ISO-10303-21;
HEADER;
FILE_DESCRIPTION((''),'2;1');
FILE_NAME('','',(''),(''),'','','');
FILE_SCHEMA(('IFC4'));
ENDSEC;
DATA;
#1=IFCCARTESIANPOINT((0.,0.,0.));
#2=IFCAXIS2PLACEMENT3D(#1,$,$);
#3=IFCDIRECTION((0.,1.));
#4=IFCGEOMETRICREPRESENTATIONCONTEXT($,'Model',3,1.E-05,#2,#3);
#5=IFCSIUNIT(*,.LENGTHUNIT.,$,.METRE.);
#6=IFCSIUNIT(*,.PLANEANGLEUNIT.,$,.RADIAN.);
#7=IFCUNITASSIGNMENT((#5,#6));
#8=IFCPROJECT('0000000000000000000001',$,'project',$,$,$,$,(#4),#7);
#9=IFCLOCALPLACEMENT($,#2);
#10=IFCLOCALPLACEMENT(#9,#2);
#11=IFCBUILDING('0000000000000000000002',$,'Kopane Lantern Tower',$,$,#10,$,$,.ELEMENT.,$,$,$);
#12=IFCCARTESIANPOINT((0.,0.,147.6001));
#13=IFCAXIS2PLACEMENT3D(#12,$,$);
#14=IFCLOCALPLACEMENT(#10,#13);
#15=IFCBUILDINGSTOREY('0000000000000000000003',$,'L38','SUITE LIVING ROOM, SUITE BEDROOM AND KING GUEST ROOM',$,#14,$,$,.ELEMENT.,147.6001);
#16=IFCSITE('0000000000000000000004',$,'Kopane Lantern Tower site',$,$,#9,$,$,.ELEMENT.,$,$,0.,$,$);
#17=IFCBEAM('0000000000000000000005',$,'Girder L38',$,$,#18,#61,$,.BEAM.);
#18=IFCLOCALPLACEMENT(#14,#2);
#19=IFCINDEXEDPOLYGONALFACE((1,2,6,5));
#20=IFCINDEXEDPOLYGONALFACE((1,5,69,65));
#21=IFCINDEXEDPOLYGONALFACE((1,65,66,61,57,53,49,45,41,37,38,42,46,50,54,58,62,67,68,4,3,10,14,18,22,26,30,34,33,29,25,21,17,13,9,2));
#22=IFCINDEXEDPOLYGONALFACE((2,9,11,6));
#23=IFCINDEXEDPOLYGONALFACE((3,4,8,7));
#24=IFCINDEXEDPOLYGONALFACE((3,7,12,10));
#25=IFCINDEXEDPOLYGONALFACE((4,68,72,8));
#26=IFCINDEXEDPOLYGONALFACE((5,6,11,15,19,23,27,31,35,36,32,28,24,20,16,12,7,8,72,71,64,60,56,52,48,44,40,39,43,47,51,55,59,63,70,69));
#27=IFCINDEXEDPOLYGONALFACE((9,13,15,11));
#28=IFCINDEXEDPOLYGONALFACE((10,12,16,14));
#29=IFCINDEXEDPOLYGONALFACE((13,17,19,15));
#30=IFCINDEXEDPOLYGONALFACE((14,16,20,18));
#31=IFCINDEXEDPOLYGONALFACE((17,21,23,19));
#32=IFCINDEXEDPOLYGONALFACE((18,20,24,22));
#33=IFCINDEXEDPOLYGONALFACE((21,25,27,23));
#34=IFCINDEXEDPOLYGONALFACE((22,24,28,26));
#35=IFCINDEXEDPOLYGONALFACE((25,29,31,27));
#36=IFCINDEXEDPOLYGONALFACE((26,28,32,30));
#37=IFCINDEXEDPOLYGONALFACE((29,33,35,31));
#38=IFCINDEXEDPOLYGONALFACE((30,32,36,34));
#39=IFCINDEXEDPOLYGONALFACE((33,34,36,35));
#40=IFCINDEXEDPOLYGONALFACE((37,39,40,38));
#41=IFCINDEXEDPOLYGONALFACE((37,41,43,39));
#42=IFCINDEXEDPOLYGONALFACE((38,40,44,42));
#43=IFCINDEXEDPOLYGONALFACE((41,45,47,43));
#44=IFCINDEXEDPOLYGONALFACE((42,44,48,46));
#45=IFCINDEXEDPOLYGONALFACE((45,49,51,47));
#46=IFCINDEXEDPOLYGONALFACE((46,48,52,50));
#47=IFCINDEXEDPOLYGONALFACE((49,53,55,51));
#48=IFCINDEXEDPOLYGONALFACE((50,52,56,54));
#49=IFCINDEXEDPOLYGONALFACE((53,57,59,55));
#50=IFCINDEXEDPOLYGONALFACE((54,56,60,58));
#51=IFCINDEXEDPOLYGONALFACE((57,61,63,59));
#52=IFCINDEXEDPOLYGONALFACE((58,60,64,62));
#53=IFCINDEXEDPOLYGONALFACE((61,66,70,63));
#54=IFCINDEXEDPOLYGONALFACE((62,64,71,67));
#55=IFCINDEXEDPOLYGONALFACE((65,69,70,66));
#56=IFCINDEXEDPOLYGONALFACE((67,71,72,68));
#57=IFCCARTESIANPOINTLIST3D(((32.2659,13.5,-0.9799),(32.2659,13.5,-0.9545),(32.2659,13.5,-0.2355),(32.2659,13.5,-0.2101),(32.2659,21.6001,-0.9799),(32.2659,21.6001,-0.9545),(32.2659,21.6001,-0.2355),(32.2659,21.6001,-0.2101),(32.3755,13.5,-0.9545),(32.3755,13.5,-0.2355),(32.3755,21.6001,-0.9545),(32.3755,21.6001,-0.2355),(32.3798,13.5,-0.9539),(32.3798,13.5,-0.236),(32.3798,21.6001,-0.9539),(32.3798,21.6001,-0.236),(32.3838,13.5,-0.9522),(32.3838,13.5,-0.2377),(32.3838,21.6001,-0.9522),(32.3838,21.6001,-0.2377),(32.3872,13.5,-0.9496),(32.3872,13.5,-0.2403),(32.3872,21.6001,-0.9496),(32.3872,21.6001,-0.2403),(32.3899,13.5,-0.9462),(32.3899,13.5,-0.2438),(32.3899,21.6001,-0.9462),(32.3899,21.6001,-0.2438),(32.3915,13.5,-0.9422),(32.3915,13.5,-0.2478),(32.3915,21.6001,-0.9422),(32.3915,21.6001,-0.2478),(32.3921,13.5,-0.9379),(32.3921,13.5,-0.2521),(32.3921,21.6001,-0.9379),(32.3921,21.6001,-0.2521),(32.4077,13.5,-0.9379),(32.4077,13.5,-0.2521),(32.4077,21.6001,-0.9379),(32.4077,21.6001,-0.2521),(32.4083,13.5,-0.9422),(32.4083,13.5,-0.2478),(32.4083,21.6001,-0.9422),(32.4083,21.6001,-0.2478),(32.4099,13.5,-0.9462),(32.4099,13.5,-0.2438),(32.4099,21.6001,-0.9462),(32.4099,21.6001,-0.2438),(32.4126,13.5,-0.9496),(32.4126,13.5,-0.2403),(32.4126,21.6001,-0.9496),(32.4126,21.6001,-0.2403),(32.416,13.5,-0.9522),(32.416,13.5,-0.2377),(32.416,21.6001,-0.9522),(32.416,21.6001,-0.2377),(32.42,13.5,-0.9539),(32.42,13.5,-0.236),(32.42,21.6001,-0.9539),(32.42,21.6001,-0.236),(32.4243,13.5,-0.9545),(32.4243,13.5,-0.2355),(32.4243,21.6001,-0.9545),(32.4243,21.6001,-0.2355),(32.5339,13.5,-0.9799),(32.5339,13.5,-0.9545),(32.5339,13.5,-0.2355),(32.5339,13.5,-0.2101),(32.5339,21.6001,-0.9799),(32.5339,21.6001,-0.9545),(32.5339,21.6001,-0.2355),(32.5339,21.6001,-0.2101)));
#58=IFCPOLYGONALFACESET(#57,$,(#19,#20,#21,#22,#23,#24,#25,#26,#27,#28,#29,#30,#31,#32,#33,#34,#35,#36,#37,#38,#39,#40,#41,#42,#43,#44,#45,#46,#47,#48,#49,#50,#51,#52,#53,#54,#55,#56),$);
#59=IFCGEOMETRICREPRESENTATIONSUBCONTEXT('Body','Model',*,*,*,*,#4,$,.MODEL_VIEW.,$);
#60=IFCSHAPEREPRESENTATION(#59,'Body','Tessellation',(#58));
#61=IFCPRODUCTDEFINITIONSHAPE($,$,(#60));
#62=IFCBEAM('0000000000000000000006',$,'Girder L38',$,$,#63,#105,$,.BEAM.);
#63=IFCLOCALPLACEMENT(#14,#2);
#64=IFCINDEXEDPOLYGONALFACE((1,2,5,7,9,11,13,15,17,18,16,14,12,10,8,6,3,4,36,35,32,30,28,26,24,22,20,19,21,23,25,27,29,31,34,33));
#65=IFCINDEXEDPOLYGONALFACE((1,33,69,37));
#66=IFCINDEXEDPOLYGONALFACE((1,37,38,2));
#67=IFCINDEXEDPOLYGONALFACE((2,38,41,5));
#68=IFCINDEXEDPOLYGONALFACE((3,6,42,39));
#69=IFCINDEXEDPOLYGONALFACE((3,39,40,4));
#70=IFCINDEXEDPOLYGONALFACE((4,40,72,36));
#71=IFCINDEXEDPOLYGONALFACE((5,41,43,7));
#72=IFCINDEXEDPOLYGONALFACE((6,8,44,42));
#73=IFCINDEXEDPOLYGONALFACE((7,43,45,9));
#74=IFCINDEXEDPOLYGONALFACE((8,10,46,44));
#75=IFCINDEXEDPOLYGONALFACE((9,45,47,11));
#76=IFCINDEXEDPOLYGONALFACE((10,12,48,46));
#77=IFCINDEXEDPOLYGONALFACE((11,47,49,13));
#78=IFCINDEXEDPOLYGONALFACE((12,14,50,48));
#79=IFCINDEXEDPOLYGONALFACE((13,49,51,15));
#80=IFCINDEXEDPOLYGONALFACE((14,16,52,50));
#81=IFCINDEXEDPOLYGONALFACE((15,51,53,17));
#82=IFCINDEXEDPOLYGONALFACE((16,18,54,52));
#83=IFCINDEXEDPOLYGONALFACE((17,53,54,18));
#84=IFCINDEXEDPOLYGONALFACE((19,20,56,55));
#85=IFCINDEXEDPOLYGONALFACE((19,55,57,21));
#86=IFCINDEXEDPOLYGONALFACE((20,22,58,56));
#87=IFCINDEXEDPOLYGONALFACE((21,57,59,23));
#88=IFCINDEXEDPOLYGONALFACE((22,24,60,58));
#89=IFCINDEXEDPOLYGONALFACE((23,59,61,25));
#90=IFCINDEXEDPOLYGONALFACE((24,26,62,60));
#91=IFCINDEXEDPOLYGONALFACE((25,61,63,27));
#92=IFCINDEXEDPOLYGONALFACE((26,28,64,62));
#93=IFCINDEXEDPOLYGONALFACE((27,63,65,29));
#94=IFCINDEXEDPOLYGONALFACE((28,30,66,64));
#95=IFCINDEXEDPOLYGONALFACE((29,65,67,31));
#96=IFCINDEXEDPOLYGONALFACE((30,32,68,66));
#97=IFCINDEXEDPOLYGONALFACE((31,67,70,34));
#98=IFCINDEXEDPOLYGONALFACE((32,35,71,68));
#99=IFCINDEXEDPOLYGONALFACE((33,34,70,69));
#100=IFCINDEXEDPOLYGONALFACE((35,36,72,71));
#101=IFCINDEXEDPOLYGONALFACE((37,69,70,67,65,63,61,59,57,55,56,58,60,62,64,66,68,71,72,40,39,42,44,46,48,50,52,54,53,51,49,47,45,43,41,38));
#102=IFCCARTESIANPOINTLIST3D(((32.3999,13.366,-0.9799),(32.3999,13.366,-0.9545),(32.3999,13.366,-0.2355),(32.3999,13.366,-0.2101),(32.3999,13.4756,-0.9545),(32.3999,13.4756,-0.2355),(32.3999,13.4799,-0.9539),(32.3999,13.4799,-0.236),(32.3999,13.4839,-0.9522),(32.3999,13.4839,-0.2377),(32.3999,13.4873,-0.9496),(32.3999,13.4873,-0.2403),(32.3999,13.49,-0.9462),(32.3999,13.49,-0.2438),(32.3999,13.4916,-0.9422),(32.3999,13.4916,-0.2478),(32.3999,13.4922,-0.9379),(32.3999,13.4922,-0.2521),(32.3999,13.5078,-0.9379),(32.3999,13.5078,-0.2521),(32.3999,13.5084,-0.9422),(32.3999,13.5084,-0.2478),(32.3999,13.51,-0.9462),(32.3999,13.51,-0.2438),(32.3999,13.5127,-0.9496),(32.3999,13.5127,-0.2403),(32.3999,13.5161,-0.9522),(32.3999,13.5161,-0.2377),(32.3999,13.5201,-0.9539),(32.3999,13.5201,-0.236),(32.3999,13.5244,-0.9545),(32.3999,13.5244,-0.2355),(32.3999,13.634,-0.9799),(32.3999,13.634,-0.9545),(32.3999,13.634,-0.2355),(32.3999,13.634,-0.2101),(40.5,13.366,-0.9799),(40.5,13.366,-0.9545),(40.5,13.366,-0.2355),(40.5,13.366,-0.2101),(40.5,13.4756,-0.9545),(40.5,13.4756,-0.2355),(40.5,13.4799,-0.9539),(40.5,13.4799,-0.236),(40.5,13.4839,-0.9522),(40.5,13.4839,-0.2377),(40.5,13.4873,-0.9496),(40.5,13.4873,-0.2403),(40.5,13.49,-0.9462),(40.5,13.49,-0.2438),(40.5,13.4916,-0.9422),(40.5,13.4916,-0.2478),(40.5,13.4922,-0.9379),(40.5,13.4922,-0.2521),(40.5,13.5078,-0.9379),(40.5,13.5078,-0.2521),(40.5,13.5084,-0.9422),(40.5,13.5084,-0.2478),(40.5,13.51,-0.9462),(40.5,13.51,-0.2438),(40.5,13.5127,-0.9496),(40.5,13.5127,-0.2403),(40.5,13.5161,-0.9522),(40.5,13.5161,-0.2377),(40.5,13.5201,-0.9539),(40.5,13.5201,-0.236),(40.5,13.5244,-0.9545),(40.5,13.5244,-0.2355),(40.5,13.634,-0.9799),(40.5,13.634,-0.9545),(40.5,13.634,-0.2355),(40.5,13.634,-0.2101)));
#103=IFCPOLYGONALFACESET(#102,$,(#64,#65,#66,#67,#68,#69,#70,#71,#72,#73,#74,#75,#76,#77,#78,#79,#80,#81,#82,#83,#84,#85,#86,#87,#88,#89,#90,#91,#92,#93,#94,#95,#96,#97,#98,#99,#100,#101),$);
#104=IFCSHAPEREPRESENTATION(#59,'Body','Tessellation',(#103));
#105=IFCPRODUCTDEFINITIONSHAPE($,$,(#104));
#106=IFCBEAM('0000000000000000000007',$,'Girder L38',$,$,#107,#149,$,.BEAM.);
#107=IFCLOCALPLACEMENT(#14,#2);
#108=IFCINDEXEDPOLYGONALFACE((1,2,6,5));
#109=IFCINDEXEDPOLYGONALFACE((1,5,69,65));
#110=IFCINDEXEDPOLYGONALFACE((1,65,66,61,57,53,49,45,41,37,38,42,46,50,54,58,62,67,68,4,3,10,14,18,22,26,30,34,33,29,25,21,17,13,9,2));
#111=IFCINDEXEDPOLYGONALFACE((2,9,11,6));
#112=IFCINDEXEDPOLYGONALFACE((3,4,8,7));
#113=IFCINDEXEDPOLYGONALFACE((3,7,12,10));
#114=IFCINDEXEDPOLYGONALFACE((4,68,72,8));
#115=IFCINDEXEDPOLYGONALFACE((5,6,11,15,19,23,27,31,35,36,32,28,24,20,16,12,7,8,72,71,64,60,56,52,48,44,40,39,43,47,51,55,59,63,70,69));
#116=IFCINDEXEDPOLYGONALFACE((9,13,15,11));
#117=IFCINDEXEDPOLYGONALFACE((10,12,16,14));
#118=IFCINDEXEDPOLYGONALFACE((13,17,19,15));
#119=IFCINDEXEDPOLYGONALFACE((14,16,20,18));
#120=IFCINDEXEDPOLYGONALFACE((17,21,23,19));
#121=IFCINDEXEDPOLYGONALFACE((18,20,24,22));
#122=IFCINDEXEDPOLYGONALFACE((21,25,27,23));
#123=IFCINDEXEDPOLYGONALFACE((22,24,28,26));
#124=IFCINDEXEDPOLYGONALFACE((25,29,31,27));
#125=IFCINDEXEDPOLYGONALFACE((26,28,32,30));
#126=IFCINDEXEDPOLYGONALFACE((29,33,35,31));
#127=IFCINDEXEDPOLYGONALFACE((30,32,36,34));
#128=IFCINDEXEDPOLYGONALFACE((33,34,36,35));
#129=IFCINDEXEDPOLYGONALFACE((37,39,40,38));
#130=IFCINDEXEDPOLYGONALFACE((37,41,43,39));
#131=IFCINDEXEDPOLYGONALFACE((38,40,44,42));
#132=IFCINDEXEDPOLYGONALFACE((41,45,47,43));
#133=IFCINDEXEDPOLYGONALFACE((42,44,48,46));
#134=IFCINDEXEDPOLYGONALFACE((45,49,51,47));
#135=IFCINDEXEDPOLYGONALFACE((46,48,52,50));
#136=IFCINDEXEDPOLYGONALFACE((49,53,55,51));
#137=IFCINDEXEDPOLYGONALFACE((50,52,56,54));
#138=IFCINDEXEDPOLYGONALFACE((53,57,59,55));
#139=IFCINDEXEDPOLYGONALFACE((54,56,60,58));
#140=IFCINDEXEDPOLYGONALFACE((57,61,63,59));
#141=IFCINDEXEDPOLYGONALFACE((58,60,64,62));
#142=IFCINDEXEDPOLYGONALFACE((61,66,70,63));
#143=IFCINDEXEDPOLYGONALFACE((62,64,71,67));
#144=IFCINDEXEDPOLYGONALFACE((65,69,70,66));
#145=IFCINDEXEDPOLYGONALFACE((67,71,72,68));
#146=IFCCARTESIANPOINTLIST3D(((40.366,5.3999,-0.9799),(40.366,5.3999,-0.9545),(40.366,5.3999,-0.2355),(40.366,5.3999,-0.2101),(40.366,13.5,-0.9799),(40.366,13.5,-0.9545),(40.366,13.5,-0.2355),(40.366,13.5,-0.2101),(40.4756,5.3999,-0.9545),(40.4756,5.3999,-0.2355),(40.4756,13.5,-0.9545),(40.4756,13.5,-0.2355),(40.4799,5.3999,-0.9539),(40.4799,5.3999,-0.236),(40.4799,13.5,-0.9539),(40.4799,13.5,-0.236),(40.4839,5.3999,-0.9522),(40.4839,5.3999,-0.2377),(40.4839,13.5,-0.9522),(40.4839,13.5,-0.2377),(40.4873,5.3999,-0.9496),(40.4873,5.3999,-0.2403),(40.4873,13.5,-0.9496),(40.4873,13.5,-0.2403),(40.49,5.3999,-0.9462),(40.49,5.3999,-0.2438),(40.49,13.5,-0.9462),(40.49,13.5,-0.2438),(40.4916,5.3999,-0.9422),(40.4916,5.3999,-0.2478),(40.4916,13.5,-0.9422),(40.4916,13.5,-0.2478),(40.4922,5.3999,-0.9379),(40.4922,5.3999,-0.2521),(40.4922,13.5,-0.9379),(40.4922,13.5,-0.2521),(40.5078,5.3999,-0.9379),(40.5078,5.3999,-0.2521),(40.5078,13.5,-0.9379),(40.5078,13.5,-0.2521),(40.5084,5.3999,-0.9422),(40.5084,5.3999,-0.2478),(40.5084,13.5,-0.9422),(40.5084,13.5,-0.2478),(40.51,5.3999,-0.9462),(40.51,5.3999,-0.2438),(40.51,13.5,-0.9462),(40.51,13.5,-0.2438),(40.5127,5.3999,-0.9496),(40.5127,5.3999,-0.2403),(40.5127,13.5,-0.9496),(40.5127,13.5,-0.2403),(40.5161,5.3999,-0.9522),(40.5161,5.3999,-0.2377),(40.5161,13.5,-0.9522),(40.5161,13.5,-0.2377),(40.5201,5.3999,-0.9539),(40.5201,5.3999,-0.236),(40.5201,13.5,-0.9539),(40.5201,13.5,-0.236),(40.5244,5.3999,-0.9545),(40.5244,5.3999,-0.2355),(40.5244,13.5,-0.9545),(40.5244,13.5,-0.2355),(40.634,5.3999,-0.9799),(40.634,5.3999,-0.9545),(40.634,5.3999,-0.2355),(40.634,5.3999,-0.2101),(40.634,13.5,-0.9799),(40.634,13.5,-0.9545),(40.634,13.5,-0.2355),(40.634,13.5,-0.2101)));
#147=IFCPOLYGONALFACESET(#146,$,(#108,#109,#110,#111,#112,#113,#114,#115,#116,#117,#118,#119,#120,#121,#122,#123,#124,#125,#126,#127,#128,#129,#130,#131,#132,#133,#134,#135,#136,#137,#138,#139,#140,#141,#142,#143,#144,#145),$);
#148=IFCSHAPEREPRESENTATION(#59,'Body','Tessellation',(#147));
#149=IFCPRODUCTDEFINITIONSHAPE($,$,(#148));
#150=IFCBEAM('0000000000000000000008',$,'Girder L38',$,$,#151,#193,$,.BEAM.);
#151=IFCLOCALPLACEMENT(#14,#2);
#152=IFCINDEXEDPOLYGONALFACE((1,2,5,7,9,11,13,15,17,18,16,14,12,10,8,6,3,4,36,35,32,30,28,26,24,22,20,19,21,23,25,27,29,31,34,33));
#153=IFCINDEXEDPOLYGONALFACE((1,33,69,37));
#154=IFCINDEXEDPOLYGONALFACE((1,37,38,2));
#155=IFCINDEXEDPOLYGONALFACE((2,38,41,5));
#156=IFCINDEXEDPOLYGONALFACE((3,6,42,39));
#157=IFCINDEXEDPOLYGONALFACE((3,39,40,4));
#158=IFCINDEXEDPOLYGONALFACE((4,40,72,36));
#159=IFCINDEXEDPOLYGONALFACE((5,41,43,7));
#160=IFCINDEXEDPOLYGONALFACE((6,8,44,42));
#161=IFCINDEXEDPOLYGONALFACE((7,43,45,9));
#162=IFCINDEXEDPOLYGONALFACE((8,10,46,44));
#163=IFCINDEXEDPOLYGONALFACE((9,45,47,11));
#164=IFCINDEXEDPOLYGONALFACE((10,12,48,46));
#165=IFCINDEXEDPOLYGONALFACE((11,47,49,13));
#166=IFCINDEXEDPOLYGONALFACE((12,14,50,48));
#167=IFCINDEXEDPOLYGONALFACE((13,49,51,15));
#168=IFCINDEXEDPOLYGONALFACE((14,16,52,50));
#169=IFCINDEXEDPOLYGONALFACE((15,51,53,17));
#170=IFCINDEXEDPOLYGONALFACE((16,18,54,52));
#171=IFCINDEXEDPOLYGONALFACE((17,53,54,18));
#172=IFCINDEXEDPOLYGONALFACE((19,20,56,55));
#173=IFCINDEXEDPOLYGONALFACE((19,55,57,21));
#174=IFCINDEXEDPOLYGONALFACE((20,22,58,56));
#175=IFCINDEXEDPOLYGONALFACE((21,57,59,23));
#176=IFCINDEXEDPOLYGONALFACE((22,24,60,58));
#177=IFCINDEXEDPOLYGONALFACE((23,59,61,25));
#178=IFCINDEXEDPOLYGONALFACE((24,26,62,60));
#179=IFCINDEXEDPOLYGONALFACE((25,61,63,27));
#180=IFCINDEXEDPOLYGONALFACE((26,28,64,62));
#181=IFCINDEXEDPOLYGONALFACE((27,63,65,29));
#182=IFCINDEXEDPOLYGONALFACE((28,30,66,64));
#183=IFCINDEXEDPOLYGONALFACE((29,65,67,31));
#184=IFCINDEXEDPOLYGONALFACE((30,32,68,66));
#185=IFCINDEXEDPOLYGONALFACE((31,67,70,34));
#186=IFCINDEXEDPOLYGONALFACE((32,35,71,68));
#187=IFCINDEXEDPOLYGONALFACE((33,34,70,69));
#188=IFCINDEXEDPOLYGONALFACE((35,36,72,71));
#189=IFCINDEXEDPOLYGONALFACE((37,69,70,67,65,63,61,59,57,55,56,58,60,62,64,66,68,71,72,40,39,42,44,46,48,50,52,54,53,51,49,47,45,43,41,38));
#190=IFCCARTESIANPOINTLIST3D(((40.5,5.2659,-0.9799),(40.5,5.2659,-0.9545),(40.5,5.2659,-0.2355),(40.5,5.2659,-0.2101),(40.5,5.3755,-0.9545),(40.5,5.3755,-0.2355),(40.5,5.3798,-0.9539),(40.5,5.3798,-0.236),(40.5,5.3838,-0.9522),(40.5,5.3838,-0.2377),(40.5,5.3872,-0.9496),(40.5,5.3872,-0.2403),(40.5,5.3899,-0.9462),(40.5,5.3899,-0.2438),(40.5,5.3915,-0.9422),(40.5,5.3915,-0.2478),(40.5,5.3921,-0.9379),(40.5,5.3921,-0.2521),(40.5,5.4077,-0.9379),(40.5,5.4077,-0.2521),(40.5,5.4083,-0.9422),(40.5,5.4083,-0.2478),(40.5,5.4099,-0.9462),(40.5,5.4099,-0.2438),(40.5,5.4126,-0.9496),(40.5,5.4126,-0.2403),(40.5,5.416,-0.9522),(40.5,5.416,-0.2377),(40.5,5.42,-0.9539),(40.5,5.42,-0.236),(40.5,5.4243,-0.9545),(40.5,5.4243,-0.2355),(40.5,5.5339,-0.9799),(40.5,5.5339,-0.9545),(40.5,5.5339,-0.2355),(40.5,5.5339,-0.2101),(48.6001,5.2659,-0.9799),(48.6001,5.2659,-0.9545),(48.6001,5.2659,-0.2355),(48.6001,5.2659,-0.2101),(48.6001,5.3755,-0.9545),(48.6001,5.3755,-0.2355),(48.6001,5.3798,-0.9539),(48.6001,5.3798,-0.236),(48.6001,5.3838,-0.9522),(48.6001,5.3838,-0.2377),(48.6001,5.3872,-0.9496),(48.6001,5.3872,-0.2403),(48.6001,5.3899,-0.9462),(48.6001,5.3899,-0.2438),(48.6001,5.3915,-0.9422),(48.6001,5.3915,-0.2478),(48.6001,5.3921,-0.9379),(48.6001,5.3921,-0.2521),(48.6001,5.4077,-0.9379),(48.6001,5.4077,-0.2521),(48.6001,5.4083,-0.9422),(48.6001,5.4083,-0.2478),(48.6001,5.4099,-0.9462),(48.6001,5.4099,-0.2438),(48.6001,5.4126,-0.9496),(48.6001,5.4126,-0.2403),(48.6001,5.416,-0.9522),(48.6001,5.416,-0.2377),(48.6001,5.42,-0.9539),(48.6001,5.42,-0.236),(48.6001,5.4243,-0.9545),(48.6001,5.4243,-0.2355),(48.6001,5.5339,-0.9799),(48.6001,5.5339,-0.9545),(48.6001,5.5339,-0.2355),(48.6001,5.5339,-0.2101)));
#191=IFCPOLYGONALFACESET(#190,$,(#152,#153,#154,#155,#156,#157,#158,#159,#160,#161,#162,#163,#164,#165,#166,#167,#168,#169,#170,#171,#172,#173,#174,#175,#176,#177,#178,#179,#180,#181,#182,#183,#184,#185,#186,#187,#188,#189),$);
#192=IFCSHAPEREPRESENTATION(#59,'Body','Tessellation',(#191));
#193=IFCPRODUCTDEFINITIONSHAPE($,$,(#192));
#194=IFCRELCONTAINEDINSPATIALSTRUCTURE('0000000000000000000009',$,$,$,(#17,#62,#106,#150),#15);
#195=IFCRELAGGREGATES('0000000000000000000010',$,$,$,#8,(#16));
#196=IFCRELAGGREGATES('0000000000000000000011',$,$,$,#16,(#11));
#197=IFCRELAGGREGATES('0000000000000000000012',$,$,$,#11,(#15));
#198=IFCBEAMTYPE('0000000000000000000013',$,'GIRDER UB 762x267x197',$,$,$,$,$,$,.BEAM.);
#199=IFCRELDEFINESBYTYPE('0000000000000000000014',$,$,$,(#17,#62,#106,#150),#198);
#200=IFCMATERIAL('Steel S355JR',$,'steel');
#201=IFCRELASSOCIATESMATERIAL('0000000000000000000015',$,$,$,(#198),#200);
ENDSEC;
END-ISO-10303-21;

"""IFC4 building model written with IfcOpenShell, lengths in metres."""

from ifc_helpers import new_model, si_unit, direction, frame, origin, origin_2d, place, context, subcontext, project, spatial, i_section, extrude, material, material_profile, profile_set, type_object, element, save


model = new_model("IFC4")

# Units and contexts
model_context = context("Model", 3, precision=1e-05, world=origin(), true_north=direction((0.0, 1.0)))
body_context = subcontext(model_context, "Body", "Model", "MODEL_VIEW")
ifc_project = project(units=[si_unit("LENGTHUNIT", "METRE"), si_unit("PLANEANGLEUNIT", "RADIAN")], contexts=[model_context])

# Site, building, storey
site_placement = place(None, origin())
site = spatial("IfcSite", under=ifc_project, at=site_placement, Name="Kopane Lantern Tower site", CompositionType="ELEMENT", RefElevation=0.0)
building_placement = place(site_placement, origin())
building = spatial("IfcBuilding", under=site, at=building_placement, Name="Kopane Lantern Tower", CompositionType="ELEMENT")
storey_placement = place(building_placement, frame((0.0, 0.0, 147.6001)))
storey = spatial("IfcBuildingStorey", under=building, at=storey_placement, Name="L38", Description="SUITE LIVING ROOM, SUITE BEDROOM AND KING GUEST ROOM", CompositionType="ELEMENT", Elevation=147.6001)

# Beams
ifc_material_1 = material(Name="Steel S355JR", Category="steel")
ifc_material_profile_1 = material_profile(ifc_material_1, i_section(OverallWidth=0.2681, OverallDepth=0.7698, WebThickness=0.0156, FlangeThickness=0.0254, FilletRadius=0.0166, at=origin_2d()), Name="UB 762x267x197")
ifc_profile_set_1 = profile_set([ifc_material_profile_1], Name="Steel S355JR")
beam_type = type_object("IfcBeamType", Name="GIRDER UB 762x267x197", PredefinedType="BEAM", material=ifc_profile_set_1)
for number, where, z_axis, x_axis, name in (
    (1, (32.3999, 13.5, -0.595), (0.0, 1.0, 0.0), (-1.0, 0.0, 0.0), "Girder L38"),
    (2, (32.3999, 13.5, -0.595), (1.0, 0.0, 0.0), (0.0, 1.0, 0.0), "Girder L38"),
    (3, (40.5, 5.3999, -0.595), (0.0, 1.0, 0.0), (-1.0, 0.0, 0.0), "Girder L38"),
    (4, (40.5, 5.3999, -0.595), (1.0, 0.0, 0.0), (0.0, 1.0, 0.0), "Girder L38"),
):
    element("IfcBeam", number, at=place(storey_placement, frame(where, z_axis=z_axis, x_axis=x_axis)), inside=storey, type_object=beam_type, Name=name, PredefinedType="BEAM", context=body_context, shape_type="SweptSolid", body=[
        extrude(i_section(OverallWidth=0.2681, OverallDepth=0.7698, WebThickness=0.0156, FlangeThickness=0.0254, FilletRadius=0.0166, at=origin_2d()), origin(), (0.0, 0.0, 1.0), 8.1001),
    ])

save(model, "model.ifc")
